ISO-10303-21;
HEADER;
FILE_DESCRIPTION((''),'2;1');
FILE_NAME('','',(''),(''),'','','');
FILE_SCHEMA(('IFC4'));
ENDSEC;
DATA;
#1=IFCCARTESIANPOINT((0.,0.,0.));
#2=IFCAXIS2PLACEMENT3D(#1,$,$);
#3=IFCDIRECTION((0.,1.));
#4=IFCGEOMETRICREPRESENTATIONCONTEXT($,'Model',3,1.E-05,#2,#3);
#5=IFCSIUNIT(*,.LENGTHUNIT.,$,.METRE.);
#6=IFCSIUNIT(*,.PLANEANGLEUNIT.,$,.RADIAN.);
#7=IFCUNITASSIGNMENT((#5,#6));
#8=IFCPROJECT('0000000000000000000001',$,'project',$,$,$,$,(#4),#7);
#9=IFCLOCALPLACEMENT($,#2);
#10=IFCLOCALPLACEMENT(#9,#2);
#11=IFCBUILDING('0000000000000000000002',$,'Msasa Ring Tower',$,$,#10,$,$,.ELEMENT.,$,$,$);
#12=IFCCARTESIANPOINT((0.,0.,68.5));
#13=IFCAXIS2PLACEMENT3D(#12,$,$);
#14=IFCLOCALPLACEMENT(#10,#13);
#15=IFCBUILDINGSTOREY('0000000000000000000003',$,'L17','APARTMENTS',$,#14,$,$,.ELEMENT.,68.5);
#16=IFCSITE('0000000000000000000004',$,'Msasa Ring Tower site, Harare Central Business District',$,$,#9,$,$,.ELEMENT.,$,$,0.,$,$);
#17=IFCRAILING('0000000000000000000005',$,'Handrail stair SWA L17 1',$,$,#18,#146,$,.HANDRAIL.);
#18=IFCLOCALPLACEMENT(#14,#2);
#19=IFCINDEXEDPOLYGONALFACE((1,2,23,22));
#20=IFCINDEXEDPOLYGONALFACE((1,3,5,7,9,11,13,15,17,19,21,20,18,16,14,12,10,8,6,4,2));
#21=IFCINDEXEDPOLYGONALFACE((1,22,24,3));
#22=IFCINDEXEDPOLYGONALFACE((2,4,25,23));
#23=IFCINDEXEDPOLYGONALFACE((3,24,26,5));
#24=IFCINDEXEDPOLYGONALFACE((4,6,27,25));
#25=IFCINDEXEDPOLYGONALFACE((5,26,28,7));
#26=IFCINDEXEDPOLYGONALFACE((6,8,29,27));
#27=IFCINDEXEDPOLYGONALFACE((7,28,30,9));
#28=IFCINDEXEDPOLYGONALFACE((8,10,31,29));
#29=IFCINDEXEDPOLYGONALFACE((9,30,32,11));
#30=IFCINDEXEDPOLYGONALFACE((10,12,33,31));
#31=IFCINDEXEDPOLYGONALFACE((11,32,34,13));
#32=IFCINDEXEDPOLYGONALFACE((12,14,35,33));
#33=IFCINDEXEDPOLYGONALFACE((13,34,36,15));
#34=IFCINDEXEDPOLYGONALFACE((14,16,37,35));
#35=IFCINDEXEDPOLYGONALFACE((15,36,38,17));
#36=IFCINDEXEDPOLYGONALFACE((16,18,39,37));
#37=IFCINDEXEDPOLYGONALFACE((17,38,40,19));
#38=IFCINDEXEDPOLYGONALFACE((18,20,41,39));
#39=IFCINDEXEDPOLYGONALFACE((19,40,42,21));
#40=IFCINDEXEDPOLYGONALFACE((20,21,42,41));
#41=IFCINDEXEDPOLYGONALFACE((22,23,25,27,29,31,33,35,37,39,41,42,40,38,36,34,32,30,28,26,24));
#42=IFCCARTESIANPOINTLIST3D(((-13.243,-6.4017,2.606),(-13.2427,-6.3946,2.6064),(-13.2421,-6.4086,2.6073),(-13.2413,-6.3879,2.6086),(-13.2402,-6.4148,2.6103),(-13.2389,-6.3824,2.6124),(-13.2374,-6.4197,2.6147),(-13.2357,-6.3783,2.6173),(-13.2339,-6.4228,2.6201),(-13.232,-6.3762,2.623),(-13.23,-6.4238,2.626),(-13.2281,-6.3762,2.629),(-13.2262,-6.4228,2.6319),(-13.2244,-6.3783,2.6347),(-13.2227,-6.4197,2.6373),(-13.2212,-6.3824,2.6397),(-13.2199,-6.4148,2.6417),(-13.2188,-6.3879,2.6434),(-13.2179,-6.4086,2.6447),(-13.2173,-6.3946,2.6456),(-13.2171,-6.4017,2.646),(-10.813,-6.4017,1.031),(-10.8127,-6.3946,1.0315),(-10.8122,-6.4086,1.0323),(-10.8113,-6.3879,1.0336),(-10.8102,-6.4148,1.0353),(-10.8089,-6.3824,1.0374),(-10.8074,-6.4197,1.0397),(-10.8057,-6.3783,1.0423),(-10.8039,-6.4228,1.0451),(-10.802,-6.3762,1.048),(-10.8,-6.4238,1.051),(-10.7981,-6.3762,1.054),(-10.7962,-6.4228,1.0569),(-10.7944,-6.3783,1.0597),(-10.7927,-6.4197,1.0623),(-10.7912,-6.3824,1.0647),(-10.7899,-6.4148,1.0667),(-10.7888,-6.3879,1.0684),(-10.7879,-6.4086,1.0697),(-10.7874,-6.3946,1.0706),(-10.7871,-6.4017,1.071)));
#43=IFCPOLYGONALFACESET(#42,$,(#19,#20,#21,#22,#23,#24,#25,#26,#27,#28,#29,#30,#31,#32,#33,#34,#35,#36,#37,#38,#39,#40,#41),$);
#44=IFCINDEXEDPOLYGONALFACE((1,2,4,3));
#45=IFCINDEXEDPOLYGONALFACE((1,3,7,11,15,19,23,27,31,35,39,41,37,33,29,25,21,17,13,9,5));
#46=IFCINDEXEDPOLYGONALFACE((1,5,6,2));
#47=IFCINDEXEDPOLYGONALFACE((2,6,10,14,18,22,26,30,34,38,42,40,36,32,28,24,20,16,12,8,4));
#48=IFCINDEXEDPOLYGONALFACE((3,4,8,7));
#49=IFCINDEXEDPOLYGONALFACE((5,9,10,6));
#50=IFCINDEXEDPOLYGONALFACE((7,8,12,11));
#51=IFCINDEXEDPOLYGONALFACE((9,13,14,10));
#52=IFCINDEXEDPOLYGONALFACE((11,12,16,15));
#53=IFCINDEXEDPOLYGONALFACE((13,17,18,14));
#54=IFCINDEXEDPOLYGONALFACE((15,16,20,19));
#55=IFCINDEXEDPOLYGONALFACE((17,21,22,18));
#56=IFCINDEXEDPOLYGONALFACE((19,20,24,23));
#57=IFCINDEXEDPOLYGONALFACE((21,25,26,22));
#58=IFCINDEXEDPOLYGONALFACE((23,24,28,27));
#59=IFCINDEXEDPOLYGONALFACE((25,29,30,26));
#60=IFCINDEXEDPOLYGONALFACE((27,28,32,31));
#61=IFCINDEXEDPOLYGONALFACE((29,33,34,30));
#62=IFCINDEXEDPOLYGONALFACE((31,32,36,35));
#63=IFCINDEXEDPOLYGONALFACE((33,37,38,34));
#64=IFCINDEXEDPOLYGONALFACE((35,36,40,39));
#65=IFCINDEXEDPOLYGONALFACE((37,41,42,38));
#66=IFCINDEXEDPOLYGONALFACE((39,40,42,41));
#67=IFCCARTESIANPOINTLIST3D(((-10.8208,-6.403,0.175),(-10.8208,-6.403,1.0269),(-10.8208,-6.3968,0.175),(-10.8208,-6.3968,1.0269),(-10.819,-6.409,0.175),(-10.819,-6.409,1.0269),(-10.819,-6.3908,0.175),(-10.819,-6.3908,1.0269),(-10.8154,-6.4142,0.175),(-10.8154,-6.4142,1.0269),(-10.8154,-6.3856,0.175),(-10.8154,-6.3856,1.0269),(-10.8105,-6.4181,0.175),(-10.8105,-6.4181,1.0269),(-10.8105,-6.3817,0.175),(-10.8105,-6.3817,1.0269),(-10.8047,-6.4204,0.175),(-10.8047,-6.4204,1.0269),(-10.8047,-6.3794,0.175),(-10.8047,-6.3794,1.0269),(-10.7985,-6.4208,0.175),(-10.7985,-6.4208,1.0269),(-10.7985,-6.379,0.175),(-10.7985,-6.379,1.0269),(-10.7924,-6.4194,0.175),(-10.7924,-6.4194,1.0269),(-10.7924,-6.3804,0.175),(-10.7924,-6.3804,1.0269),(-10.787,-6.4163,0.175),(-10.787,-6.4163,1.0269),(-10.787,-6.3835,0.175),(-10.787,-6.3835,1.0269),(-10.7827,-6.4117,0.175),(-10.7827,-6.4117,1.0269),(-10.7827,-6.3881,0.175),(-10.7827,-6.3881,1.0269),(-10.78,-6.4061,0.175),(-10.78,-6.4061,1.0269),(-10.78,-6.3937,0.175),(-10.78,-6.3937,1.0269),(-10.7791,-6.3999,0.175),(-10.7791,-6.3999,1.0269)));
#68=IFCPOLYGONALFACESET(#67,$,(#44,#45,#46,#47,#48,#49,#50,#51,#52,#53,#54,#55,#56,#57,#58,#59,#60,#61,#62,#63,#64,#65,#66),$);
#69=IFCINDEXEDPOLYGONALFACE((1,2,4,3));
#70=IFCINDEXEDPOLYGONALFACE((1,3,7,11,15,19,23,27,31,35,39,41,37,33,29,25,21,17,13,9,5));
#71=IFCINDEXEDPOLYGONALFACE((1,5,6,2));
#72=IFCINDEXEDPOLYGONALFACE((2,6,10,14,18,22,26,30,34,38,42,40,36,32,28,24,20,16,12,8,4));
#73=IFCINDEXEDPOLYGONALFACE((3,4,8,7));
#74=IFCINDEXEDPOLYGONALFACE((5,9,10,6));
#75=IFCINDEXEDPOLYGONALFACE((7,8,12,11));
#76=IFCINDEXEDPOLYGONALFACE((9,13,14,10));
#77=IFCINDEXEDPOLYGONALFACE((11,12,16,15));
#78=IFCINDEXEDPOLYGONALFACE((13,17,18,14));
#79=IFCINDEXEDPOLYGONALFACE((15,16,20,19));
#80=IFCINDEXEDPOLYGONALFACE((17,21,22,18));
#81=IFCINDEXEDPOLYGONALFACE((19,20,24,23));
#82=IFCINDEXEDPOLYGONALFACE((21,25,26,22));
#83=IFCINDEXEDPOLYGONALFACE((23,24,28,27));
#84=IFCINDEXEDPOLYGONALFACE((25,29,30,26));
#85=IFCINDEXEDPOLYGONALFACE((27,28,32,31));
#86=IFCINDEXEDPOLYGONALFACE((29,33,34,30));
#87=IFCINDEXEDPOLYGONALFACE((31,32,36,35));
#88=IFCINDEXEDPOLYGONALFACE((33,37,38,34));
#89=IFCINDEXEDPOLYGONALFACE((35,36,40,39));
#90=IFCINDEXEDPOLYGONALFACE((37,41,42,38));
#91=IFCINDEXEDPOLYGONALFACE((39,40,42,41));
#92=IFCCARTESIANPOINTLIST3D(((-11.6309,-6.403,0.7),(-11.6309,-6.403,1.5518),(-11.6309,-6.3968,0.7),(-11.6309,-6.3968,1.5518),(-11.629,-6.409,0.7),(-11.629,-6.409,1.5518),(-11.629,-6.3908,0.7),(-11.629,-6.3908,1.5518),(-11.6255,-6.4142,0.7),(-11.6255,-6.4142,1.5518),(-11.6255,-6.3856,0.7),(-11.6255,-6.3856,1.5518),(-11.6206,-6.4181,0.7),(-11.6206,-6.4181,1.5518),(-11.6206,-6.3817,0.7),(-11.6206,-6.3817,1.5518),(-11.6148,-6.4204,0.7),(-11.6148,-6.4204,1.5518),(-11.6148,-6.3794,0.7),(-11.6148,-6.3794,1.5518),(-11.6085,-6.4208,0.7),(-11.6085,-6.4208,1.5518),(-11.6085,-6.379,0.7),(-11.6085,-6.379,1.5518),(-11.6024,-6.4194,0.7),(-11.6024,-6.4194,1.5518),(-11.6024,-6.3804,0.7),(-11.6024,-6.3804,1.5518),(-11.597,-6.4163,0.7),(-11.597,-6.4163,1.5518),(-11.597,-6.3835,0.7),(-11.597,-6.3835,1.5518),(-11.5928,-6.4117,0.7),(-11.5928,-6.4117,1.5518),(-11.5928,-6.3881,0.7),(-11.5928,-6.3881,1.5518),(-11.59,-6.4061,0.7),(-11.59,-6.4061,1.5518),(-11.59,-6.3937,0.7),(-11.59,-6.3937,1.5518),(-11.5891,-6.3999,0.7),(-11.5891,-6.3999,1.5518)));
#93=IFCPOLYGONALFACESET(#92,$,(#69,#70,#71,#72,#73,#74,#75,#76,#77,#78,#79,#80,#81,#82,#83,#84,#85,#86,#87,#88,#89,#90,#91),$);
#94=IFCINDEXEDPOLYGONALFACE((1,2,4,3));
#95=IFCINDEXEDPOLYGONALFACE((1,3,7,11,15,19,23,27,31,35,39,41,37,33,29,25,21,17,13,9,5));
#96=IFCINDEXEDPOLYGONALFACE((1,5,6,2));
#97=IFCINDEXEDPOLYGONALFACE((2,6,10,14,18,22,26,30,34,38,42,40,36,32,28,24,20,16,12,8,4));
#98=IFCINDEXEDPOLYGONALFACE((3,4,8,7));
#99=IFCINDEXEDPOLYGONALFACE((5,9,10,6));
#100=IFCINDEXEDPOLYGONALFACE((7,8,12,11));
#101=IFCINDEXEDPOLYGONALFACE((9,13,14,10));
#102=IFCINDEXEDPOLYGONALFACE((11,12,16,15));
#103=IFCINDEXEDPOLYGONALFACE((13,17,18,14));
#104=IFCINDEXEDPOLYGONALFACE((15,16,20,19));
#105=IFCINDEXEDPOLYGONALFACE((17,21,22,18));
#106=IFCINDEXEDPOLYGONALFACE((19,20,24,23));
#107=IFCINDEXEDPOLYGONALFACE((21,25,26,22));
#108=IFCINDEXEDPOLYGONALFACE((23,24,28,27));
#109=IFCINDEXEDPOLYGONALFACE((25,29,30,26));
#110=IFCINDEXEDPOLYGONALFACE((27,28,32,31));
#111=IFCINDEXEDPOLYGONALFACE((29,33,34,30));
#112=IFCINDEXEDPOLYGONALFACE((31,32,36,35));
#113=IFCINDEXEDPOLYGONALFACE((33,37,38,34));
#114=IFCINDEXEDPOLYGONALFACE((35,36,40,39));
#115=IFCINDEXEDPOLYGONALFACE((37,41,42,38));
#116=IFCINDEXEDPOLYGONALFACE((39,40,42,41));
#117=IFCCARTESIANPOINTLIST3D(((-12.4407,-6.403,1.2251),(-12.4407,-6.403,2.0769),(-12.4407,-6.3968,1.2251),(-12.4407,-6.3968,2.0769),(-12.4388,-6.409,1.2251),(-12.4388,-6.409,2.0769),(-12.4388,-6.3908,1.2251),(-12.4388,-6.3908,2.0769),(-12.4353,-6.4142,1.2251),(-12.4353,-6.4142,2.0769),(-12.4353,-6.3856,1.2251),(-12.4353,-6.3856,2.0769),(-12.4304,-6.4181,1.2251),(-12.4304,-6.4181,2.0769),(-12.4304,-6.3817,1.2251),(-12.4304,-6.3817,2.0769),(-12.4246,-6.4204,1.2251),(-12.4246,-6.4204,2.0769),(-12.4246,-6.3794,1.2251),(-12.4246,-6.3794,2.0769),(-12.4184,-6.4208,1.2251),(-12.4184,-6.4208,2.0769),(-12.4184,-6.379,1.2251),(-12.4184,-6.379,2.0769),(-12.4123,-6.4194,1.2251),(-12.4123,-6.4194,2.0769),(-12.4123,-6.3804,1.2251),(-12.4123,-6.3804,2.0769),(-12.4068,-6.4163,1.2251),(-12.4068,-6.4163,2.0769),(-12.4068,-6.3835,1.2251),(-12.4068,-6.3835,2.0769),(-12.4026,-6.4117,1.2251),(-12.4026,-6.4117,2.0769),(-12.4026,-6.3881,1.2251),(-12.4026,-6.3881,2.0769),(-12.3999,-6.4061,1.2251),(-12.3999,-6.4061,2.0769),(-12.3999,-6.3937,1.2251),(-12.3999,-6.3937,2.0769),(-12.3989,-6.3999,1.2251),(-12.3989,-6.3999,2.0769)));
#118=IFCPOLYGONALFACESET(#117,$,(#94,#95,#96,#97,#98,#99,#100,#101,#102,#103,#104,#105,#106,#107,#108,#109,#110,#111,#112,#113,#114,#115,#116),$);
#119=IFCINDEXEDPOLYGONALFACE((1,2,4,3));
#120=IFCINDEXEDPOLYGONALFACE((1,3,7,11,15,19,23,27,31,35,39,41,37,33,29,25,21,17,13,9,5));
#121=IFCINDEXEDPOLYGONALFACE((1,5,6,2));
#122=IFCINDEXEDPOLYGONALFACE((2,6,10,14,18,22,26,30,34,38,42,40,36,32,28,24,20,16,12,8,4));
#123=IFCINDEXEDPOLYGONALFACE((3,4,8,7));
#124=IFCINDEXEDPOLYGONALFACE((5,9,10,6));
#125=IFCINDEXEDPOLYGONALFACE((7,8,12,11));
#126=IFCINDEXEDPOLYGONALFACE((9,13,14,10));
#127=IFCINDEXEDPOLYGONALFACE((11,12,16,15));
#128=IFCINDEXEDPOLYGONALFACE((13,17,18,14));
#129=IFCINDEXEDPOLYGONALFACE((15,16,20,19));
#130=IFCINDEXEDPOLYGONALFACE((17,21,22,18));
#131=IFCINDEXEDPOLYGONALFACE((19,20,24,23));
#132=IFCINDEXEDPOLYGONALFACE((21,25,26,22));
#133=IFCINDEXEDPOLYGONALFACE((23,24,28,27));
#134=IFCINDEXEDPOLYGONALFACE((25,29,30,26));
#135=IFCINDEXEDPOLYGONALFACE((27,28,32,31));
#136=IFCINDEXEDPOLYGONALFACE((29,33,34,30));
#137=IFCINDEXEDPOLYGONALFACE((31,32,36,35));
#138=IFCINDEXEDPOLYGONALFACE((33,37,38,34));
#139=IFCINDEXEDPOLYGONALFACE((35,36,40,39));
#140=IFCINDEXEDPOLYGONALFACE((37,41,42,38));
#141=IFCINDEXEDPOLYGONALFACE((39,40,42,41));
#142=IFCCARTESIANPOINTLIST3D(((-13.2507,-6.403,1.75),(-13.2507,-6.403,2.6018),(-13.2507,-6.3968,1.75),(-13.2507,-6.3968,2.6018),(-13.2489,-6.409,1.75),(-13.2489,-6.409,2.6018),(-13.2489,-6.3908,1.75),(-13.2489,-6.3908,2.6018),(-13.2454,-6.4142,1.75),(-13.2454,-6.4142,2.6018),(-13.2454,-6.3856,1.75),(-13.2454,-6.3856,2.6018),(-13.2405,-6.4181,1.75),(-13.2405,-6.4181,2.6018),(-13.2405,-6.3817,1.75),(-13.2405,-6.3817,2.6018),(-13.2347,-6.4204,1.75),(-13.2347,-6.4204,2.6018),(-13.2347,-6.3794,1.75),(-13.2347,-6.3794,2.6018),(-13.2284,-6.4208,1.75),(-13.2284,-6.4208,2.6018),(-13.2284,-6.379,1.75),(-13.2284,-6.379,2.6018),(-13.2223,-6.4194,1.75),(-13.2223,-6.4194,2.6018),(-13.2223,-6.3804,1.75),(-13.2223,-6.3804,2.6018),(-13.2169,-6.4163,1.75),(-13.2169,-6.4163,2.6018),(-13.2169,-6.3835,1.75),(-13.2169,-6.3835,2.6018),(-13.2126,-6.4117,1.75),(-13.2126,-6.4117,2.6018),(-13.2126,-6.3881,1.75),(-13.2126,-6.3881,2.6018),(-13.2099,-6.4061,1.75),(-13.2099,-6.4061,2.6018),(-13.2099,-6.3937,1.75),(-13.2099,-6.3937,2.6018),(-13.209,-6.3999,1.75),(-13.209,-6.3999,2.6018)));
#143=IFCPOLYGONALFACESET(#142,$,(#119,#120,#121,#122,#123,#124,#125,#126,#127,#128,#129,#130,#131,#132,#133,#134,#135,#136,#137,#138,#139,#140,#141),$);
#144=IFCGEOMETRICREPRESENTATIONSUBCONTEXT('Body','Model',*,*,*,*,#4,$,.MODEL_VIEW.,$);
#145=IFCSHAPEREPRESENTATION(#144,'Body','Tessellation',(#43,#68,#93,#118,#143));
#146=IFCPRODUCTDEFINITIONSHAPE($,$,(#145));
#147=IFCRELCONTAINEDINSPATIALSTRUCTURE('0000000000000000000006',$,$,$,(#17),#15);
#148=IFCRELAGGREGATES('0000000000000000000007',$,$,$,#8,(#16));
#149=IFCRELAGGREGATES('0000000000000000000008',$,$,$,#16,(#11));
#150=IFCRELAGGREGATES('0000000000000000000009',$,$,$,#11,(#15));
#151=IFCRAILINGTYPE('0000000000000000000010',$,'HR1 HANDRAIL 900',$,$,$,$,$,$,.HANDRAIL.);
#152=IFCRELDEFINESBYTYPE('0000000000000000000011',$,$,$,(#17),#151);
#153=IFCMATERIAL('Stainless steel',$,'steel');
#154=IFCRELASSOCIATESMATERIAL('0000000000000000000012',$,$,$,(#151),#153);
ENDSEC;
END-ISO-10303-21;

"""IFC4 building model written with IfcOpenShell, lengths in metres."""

from ifc_helpers import new_model, si_unit, direction, frame, origin, origin_2d, place, context, subcontext, project, spatial, circle, extrude, material, type_object, element, save


model = new_model("IFC4")

# Units and contexts
model_context = context("Model", 3, precision=1e-05, world=origin(), true_north=direction((0.0, 1.0)))
body_context = subcontext(model_context, "Body", "Model", "MODEL_VIEW")
ifc_project = project(units=[si_unit("LENGTHUNIT", "METRE"), si_unit("PLANEANGLEUNIT", "RADIAN")], contexts=[model_context])

# Site, building, storey
site_placement = place(None, origin())
site = spatial("IfcSite", under=ifc_project, at=site_placement, Name="Msasa Ring Tower site, Harare Central Business District", CompositionType="ELEMENT", RefElevation=0.0)
building_placement = place(site_placement, origin())
building = spatial("IfcBuilding", under=site, at=building_placement, Name="Msasa Ring Tower", CompositionType="ELEMENT")
storey_placement = place(building_placement, frame((0.0, 0.0, 68.5)))
storey = spatial("IfcBuildingStorey", under=building, at=storey_placement, Name="L17", Description="APARTMENTS", CompositionType="ELEMENT", Elevation=68.5)

# Railing
ifc_material_1 = material(Name="Stainless steel", Category="steel")
railing_type = type_object("IfcRailingType", Name="HR1 HANDRAIL 900", PredefinedType="HANDRAIL", material=ifc_material_1)
for number, where, name in (
    (1, (-10.8, -6.3999, 0.175), "Handrail stair SWA L17 1"),
):
    element("IfcRailing", number, at=place(storey_placement, frame(where)), inside=storey, type_object=railing_type, Name=name, PredefinedType="HANDRAIL", context=body_context, shape_type="SweptSolid", body=[
        extrude(circle(Radius=0.0239, at=origin_2d()), frame((0.0, 0.0, 0.876), z_axis=(-0.839154, 0.0, 0.543894), x_axis=(0.0, -1.0, 0.0)), (0.0, 0.0, 1.0), 2.8958),
        extrude(circle(Radius=0.021, at=origin_2d()), origin(), (0.0, 0.0, 1.0), 0.8518),
        extrude(circle(Radius=0.021, at=origin_2d()), frame((-0.8101, 0.0, 0.5249)), (0.0, 0.0, 1.0), 0.8518),
        extrude(circle(Radius=0.021, at=origin_2d()), frame((-1.6199, 0.0, 1.05)), (0.0, 0.0, 1.0), 0.8518),
        extrude(circle(Radius=0.021, at=origin_2d()), frame((-2.4299, 0.0, 1.575)), (0.0, 0.0, 1.0), 0.8518),
    ])

save(model, "model.ifc")
